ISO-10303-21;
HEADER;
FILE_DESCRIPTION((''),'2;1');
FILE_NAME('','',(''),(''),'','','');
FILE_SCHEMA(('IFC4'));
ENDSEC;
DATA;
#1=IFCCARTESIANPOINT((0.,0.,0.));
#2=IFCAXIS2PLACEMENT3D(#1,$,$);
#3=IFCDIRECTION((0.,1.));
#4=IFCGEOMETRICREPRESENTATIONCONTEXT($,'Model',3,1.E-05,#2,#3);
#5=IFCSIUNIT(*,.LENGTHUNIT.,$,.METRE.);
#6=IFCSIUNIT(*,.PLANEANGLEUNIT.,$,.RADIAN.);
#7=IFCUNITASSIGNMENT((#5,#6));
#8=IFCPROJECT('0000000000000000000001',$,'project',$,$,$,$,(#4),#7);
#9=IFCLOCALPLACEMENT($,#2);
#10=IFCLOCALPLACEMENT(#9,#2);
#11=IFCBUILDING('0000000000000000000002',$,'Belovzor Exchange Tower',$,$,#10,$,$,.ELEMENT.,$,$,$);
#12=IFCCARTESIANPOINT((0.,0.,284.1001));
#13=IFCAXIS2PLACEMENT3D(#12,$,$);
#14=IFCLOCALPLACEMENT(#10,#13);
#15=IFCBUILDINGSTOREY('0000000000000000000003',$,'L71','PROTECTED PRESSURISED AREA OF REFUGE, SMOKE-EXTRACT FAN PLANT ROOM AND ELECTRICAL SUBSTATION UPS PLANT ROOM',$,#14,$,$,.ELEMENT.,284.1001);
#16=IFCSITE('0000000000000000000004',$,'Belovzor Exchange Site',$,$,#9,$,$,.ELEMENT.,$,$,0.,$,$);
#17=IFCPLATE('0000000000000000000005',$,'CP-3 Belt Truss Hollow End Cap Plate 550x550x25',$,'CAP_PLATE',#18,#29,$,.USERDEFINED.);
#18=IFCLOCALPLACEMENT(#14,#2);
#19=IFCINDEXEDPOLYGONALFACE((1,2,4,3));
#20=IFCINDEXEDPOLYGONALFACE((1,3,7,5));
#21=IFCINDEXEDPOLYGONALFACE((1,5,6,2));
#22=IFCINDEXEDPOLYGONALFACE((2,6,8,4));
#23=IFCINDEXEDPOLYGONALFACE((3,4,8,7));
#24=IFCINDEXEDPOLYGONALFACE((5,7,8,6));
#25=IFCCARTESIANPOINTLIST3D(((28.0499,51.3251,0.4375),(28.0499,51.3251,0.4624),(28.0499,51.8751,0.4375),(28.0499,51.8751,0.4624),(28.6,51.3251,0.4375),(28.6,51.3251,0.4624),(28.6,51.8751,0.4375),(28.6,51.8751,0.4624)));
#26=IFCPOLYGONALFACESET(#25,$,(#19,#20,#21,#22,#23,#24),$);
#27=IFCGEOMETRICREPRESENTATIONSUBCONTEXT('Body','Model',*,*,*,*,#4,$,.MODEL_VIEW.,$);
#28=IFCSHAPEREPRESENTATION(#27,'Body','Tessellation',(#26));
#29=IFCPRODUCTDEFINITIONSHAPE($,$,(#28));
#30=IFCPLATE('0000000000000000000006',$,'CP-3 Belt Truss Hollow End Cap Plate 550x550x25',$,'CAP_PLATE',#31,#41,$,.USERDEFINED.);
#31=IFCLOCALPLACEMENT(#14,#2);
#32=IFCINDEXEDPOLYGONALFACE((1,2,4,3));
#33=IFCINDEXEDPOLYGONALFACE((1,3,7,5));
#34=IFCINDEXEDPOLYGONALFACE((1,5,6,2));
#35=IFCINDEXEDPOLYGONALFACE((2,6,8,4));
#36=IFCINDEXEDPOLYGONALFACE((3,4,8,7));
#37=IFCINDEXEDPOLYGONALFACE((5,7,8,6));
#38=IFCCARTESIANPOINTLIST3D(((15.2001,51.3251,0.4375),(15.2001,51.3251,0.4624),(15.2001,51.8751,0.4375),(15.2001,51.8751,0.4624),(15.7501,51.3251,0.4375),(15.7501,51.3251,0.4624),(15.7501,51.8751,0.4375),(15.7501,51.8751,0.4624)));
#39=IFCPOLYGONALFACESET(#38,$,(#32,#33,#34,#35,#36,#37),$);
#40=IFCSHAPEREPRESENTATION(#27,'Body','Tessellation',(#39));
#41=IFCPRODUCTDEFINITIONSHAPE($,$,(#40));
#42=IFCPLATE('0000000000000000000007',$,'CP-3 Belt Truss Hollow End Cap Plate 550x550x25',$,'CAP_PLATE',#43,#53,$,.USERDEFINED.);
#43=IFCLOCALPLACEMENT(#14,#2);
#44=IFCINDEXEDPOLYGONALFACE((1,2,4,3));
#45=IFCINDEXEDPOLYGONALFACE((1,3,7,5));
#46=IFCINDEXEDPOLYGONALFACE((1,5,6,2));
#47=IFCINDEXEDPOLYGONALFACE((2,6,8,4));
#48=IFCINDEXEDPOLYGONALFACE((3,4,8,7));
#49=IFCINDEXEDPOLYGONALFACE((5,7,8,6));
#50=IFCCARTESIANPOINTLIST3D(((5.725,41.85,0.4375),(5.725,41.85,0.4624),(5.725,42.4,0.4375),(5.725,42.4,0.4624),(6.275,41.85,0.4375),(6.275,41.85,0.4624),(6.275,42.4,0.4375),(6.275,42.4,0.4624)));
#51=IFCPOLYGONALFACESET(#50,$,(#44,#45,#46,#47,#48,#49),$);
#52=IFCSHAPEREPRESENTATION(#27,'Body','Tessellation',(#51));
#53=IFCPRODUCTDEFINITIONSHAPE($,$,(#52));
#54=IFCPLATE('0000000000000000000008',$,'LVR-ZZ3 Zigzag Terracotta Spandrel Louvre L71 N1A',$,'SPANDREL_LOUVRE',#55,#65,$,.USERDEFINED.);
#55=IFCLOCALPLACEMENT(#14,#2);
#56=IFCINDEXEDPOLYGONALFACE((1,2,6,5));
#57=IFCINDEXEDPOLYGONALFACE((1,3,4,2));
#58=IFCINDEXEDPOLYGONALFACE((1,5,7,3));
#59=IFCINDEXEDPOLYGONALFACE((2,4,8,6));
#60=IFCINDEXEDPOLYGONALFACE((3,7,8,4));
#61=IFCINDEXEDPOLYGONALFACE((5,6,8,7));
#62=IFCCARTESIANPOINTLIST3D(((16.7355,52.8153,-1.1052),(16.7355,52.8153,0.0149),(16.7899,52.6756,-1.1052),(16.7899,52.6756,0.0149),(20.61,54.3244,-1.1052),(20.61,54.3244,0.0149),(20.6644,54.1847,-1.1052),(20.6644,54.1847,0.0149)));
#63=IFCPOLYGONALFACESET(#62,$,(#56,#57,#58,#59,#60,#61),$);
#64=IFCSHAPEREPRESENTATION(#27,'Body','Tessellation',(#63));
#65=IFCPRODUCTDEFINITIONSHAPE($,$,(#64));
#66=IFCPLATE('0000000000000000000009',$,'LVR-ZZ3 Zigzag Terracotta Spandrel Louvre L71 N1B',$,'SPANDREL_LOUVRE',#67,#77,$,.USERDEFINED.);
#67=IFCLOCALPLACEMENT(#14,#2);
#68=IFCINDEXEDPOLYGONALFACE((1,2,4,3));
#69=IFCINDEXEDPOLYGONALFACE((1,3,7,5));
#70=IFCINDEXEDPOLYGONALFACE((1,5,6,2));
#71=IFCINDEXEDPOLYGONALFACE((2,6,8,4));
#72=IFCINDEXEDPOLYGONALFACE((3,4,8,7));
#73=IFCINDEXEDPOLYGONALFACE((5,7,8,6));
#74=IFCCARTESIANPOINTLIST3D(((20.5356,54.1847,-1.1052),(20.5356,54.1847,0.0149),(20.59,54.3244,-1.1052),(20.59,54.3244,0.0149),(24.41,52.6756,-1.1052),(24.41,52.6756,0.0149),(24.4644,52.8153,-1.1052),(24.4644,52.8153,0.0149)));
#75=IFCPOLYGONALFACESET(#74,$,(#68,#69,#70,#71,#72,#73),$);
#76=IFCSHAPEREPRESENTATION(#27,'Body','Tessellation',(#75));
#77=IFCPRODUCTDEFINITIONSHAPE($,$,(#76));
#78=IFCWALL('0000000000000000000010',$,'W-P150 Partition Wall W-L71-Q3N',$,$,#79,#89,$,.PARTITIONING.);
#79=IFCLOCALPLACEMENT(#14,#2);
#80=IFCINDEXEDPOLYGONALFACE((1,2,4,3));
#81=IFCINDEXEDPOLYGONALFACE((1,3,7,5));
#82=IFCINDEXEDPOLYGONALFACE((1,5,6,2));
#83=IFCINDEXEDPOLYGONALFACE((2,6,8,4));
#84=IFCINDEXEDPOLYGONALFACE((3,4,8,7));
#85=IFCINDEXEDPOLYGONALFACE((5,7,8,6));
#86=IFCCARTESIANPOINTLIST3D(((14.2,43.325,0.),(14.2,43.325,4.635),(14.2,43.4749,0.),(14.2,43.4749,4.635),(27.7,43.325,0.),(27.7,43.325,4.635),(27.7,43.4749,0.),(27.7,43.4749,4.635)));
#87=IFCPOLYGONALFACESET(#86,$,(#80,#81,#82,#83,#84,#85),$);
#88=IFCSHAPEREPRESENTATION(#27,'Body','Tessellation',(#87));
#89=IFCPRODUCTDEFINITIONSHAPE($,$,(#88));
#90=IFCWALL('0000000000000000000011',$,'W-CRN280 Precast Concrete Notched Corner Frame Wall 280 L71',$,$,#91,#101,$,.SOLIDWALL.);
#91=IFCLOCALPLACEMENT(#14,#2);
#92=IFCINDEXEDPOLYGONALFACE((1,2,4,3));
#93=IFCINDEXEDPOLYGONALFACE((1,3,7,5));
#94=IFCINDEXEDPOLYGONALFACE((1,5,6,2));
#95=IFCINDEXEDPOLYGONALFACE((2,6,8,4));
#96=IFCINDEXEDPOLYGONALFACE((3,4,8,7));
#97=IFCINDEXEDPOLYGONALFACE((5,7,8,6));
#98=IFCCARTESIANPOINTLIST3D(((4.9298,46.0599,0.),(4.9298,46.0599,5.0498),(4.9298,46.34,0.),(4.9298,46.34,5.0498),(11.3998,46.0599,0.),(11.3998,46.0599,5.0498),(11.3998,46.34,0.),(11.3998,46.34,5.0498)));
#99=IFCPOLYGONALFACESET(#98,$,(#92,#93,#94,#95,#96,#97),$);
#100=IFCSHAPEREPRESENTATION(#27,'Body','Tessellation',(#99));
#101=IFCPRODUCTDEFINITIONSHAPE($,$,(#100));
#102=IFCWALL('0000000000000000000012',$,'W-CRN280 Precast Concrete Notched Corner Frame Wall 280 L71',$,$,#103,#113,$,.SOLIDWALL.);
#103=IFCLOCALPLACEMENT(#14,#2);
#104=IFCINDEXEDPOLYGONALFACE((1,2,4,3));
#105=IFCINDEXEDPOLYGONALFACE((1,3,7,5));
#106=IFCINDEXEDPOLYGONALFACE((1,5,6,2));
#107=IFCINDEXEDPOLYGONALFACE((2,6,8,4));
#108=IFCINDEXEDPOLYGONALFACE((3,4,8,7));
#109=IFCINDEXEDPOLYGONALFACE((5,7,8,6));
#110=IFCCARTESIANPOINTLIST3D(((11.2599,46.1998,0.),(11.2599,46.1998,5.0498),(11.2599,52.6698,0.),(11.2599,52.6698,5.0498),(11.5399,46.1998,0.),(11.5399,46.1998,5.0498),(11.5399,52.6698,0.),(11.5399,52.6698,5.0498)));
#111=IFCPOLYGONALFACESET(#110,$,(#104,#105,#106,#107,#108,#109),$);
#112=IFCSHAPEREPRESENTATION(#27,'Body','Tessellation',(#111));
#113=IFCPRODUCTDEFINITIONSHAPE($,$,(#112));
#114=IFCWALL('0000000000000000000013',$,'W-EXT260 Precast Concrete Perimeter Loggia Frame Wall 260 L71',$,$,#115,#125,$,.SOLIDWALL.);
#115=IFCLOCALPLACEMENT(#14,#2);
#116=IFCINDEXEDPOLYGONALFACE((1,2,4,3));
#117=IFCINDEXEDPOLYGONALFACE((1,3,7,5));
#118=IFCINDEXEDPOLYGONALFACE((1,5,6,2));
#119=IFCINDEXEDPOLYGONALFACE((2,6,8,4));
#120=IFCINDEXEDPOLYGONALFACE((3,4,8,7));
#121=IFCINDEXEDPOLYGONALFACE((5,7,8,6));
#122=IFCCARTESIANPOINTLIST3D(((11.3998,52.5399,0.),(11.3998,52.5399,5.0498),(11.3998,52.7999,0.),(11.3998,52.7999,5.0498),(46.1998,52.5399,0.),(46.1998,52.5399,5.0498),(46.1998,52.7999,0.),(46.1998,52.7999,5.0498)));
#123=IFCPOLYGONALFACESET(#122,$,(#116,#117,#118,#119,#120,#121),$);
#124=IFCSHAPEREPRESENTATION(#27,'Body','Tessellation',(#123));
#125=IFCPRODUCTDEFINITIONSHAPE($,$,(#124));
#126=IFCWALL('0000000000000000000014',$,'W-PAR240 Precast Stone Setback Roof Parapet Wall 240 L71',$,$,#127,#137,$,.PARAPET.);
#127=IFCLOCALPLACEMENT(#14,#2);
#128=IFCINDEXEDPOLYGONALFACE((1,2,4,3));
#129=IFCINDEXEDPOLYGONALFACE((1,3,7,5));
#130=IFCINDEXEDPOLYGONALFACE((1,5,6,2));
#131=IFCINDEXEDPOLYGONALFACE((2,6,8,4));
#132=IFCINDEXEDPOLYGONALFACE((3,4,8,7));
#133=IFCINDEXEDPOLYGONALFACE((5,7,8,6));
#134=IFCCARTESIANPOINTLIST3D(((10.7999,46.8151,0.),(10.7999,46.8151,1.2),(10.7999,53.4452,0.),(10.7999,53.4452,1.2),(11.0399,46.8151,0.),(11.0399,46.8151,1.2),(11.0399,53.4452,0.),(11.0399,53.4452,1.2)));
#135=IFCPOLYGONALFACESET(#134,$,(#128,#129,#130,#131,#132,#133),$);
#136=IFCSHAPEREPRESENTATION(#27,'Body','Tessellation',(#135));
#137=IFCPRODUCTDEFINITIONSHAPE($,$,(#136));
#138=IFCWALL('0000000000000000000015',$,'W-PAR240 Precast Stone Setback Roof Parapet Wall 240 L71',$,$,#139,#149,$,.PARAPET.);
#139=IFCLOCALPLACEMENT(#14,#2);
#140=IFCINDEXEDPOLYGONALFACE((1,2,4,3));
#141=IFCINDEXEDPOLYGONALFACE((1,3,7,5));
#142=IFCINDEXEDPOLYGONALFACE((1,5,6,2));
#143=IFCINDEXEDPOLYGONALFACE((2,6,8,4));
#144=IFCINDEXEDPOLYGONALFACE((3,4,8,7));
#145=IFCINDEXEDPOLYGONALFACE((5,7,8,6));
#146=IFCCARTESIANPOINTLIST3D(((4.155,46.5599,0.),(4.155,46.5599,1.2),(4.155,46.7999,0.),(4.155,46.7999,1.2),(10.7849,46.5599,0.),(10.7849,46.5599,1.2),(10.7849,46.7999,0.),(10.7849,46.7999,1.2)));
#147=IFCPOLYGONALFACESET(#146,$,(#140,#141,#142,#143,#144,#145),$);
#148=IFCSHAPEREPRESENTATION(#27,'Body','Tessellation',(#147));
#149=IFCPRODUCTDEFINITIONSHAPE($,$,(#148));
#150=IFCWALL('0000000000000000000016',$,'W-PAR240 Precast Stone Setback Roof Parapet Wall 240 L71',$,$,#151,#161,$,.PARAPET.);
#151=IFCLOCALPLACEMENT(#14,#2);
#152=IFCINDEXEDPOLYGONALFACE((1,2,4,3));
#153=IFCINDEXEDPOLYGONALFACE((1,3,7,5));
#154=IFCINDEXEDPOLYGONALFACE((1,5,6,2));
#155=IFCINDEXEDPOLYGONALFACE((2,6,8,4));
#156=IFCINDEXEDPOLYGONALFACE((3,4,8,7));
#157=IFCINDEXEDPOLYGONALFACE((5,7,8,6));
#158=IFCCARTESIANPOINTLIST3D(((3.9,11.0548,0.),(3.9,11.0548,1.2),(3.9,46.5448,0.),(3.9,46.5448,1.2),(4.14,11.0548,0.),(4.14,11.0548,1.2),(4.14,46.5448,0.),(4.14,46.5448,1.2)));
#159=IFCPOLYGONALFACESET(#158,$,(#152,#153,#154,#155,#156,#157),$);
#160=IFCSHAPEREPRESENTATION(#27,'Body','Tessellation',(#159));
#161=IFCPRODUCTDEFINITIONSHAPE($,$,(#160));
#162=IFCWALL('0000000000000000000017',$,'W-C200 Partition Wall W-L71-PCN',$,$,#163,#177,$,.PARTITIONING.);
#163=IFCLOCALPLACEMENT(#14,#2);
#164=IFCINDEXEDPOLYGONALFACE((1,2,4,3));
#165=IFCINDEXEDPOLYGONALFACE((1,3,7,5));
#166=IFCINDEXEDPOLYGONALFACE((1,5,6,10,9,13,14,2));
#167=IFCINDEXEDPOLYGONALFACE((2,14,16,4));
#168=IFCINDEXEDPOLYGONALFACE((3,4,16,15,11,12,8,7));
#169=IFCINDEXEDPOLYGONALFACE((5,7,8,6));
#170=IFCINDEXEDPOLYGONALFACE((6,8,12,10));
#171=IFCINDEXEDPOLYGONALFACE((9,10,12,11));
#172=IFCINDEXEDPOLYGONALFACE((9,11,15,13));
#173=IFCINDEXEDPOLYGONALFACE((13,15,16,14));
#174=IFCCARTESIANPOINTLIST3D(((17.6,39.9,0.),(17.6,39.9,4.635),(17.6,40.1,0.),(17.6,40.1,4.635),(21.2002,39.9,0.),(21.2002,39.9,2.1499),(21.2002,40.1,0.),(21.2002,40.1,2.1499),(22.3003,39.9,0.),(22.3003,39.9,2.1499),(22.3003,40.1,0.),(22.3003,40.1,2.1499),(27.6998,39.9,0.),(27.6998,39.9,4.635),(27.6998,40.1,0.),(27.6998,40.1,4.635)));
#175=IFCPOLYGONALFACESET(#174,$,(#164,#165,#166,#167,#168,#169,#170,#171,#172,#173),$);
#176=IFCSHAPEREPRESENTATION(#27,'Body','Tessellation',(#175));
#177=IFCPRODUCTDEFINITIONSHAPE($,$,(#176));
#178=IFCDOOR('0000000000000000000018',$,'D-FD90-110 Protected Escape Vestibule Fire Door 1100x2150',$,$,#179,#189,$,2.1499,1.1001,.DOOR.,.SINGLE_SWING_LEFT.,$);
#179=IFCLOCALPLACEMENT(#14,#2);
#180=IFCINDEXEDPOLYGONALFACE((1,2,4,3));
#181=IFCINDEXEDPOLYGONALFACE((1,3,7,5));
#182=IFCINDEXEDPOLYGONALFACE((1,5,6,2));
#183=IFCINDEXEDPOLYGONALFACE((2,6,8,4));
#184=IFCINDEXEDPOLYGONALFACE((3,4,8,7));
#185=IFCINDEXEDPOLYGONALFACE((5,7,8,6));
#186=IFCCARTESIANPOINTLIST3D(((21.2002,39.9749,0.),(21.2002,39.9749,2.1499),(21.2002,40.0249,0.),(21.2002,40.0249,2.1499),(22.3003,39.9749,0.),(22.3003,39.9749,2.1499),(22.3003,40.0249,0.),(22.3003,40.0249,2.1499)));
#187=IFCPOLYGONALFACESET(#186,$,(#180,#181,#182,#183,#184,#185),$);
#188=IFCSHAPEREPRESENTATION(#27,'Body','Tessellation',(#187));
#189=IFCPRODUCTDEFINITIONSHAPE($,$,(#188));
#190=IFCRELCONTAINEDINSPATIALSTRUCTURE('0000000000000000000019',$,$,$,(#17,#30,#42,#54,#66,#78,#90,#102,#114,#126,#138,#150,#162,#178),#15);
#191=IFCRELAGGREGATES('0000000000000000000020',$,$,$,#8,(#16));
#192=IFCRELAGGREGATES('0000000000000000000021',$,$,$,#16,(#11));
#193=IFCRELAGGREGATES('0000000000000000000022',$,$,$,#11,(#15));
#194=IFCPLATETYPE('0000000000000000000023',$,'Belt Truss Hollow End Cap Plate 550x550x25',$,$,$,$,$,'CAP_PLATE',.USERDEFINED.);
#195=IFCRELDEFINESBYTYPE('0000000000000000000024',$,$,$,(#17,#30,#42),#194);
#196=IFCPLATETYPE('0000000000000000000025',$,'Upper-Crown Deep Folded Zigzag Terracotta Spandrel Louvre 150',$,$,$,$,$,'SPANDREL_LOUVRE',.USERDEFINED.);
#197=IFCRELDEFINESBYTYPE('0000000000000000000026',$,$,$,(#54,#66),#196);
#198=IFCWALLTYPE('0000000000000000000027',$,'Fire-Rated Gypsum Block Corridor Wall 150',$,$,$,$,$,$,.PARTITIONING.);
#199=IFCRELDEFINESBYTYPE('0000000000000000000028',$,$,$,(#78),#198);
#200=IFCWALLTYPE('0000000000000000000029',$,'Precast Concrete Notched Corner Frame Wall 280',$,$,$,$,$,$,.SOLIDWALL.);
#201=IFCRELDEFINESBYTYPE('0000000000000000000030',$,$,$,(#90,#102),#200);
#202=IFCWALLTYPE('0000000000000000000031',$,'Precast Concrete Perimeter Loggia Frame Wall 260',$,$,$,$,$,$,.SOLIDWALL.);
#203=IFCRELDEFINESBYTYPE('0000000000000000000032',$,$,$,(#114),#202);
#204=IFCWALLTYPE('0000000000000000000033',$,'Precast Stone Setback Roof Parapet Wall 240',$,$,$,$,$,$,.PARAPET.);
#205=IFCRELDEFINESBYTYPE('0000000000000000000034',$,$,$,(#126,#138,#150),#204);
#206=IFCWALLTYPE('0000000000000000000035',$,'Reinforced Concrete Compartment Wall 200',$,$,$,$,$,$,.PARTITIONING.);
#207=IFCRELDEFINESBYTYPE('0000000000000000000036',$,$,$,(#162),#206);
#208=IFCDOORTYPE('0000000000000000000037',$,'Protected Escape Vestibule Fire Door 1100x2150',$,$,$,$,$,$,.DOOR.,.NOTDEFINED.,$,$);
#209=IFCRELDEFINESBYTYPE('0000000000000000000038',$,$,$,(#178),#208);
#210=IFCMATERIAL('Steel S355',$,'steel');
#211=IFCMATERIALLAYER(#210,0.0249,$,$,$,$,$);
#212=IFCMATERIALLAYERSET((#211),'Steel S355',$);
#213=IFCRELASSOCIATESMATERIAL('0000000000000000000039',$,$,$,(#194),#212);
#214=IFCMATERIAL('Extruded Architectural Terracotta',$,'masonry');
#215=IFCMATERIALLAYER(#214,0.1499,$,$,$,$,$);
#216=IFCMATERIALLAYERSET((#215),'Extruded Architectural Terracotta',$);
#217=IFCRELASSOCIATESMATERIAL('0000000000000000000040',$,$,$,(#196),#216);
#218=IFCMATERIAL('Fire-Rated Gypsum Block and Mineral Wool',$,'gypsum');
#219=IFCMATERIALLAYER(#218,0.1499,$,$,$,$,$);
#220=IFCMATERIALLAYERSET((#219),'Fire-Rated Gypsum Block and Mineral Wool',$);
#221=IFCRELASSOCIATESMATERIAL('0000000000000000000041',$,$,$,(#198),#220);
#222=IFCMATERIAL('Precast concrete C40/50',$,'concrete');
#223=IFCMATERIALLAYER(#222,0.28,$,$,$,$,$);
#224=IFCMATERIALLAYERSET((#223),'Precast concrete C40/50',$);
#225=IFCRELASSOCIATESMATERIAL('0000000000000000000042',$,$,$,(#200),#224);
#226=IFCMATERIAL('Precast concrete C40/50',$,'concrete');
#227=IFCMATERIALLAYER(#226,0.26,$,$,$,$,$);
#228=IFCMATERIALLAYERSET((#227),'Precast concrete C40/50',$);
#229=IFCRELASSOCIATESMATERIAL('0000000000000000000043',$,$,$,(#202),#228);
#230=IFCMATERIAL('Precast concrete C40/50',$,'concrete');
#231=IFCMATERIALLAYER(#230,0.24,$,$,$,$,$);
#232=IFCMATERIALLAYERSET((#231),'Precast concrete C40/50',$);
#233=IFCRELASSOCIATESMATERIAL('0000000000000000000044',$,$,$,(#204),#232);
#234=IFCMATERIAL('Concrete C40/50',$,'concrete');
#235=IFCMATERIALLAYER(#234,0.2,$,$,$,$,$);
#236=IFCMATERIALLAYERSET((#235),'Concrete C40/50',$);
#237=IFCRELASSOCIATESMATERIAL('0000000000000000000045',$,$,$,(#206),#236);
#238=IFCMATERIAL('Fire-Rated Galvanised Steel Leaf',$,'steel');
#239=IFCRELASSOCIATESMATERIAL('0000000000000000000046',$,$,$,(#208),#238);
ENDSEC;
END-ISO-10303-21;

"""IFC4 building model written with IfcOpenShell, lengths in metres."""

from ifc_helpers import new_model, si_unit, direction, frame, frame_2d, origin, origin_2d, place, context, subcontext, project, spatial, rectangle, extrude, material, layer, layer_set, type_object, element, fill, save


model = new_model("IFC4")

# Units and contexts
model_context = context("Model", 3, precision=1e-05, world=origin(), true_north=direction((0.0, 1.0)))
body_context = subcontext(model_context, "Body", "Model", "MODEL_VIEW")
ifc_project = project(units=[si_unit("LENGTHUNIT", "METRE"), si_unit("PLANEANGLEUNIT", "RADIAN")], contexts=[model_context])

# Site, building, storey
site_placement = place(None, origin())
site = spatial("IfcSite", under=ifc_project, at=site_placement, Name="Belovzor Exchange Site", CompositionType="ELEMENT", RefElevation=0.0)
building_placement = place(site_placement, origin())
building = spatial("IfcBuilding", under=site, at=building_placement, Name="Belovzor Exchange Tower", CompositionType="ELEMENT")
storey_placement = place(building_placement, frame((0.0, 0.0, 284.1001)))
storey = spatial("IfcBuildingStorey", under=building, at=storey_placement, Name="L71", Description="PROTECTED PRESSURISED AREA OF REFUGE, SMOKE-EXTRACT FAN PLANT ROOM AND ELECTRICAL SUBSTATION UPS PLANT ROOM", CompositionType="ELEMENT", Elevation=284.1001)

# Plates
ifc_material_1 = material(Name="Steel S355", Category="steel")
ifc_layer_1 = layer(ifc_material_1, 0.0249)
ifc_layer_set_1 = layer_set([ifc_layer_1], Name="Steel S355")
plate_type_1 = type_object("IfcPlateType", Name="Belt Truss Hollow End Cap Plate 550x550x25", ElementType="CAP_PLATE", PredefinedType="USERDEFINED", material=ifc_layer_set_1)
for number, where, z_axis, x_axis, name in (
    (1, (28.325, 51.6001, 0.4375), (0.0, 0.0, 1.0), (1.0, 0.0, 0.0), "CP-3 Belt Truss Hollow End Cap Plate 550x550x25"),
    (2, (15.4751, 51.6001, 0.4375), (0.0, 0.0, 1.0), (1.0, 0.0, 0.0), "CP-3 Belt Truss Hollow End Cap Plate 550x550x25"),
    (3, (6.0, 42.125, 0.4375), (0.0, 0.0, 1.0), (0.0, 1.0, 0.0), "CP-3 Belt Truss Hollow End Cap Plate 550x550x25"),
):
    element("IfcPlate", number, at=place(storey_placement, frame(where, z_axis=z_axis, x_axis=x_axis)), inside=storey, type_object=plate_type_1, Name=name, ObjectType="CAP_PLATE", PredefinedType="USERDEFINED", context=body_context, shape_type="SweptSolid", body=[
        extrude(rectangle(XDim=0.55, YDim=0.55, at=origin_2d()), origin(), (0.0, 0.0, 1.0), 0.0249),
    ])
ifc_material_2 = material(Name="Extruded Architectural Terracotta", Category="masonry")
ifc_layer_2 = layer(ifc_material_2, 0.1499)
ifc_layer_set_2 = layer_set([ifc_layer_2], Name="Extruded Architectural Terracotta")
plate_type_2 = type_object("IfcPlateType", Name="Upper-Crown Deep Folded Zigzag Terracotta Spandrel Louvre 150", ElementType="SPANDREL_LOUVRE", PredefinedType="USERDEFINED", material=ifc_layer_set_2)
for number, where, z_axis, x_axis, name in (
    (4, (18.7, 53.5, -1.1052), (0.0, 0.0, 1.0), (0.931818, 0.362926, 0.0), "LVR-ZZ3 Zigzag Terracotta Spandrel Louvre L71 N1A"),
    (5, (22.5, 53.5, -1.1052), (0.0, 0.0, 1.0), (0.931818, -0.362926, 0.0), "LVR-ZZ3 Zigzag Terracotta Spandrel Louvre L71 N1B"),
):
    element("IfcPlate", number, at=place(storey_placement, frame(where, z_axis=z_axis, x_axis=x_axis)), inside=storey, type_object=plate_type_2, Name=name, ObjectType="SPANDREL_LOUVRE", PredefinedType="USERDEFINED", context=body_context, shape_type="SweptSolid", body=[
        extrude(rectangle(XDim=4.158, YDim=0.1499, at=origin_2d()), origin(), (0.0, 0.0, 1.0), 1.1201),
    ])

# Walls
ifc_material_3 = material(Name="Fire-Rated Gypsum Block and Mineral Wool", Category="gypsum")
ifc_layer_3 = layer(ifc_material_3, 0.1499)
ifc_layer_set_3 = layer_set([ifc_layer_3], Name="Fire-Rated Gypsum Block and Mineral Wool")
wall_type_1 = type_object("IfcWallType", Name="Fire-Rated Gypsum Block Corridor Wall 150", PredefinedType="PARTITIONING", material=ifc_layer_set_3)
wall_1_placement = place(storey_placement, frame((14.2, 43.3999, 0.0), z_axis=(0.0, 0.0, 1.0), x_axis=(1.0, 0.0, 0.0)))
element("IfcWall", 6, at=wall_1_placement, inside=storey, type_object=wall_type_1, Name="W-P150 Partition Wall W-L71-Q3N", PredefinedType="PARTITIONING", context=body_context, shape_type="SweptSolid", body=[
    extrude(rectangle(XDim=13.5, YDim=0.1499, at=frame_2d((6.75, 0.0))), origin(), (0.0, 0.0, 1.0), 4.635),
])
ifc_material_4 = material(Name="Precast concrete C40/50", Category="concrete")
ifc_layer_4 = layer(ifc_material_4, 0.28)
ifc_layer_set_4 = layer_set([ifc_layer_4], Name="Precast concrete C40/50")
wall_type_2 = type_object("IfcWallType", Name="Precast Concrete Notched Corner Frame Wall 280", PredefinedType="SOLIDWALL", material=ifc_layer_set_4)
for number, where, z_axis, x_axis, name in (
    (7, (4.9299, 46.2, 0.0), (0.0, 0.0, 1.0), (1.0, 0.0, 0.0), "W-CRN280 Precast Concrete Notched Corner Frame Wall 280 L71"),
    (8, (11.3999, 46.2, 0.0), (0.0, 0.0, 1.0), (0.0, 1.0, 0.0), "W-CRN280 Precast Concrete Notched Corner Frame Wall 280 L71"),
):
    element("IfcWall", number, at=place(storey_placement, frame(where, z_axis=z_axis, x_axis=x_axis)), inside=storey, type_object=wall_type_2, Name=name, PredefinedType="SOLIDWALL", context=body_context, shape_type="SweptSolid", body=[
        extrude(rectangle(XDim=6.47, YDim=0.28, at=frame_2d((3.2349, 0.0))), origin(), (0.0, 0.0, 1.0), 5.0498),
    ])
ifc_material_5 = material(Name="Precast concrete C40/50", Category="concrete")
ifc_layer_5 = layer(ifc_material_5, 0.26)
ifc_layer_set_5 = layer_set([ifc_layer_5], Name="Precast concrete C40/50")
wall_type_3 = type_object("IfcWallType", Name="Precast Concrete Perimeter Loggia Frame Wall 260", PredefinedType="SOLIDWALL", material=ifc_layer_set_5)
wall_2_placement = place(storey_placement, frame((11.3999, 52.6699, 0.0), z_axis=(0.0, 0.0, 1.0), x_axis=(1.0, 0.0, 0.0)))
element("IfcWall", 9, at=wall_2_placement, inside=storey, type_object=wall_type_3, Name="W-EXT260 Precast Concrete Perimeter Loggia Frame Wall 260 L71", PredefinedType="SOLIDWALL", context=body_context, shape_type="SweptSolid", body=[
    extrude(rectangle(XDim=34.8, YDim=0.26, at=frame_2d((17.3999, 0.0))), origin(), (0.0, 0.0, 1.0), 5.0498),
])
ifc_material_6 = material(Name="Precast concrete C40/50", Category="concrete")
ifc_layer_6 = layer(ifc_material_6, 0.24)
ifc_layer_set_6 = layer_set([ifc_layer_6], Name="Precast concrete C40/50")
wall_type_4 = type_object("IfcWallType", Name="Precast Stone Setback Roof Parapet Wall 240", PredefinedType="PARAPET", material=ifc_layer_set_6)
wall_3_placement = place(storey_placement, frame((10.9199, 53.4451, 0.0), z_axis=(0.0, 0.0, 1.0), x_axis=(0.0, -1.0, 0.0)))
element("IfcWall", 10, at=wall_3_placement, inside=storey, type_object=wall_type_4, Name="W-PAR240 Precast Stone Setback Roof Parapet Wall 240 L71", PredefinedType="PARAPET", context=body_context, shape_type="SweptSolid", body=[
    extrude(rectangle(XDim=6.6301, YDim=0.24, at=frame_2d((3.3149, 0.0))), origin(), (0.0, 0.0, 1.0), 1.2),
])
wall_4_placement = place(storey_placement, frame((10.7849, 46.6799, 0.0), z_axis=(0.0, 0.0, 1.0), x_axis=(-1.0, 0.0, 0.0)))
element("IfcWall", 11, at=wall_4_placement, inside=storey, type_object=wall_type_4, Name="W-PAR240 Precast Stone Setback Roof Parapet Wall 240 L71", PredefinedType="PARAPET", context=body_context, shape_type="SweptSolid", body=[
    extrude(rectangle(XDim=6.6299, YDim=0.24, at=frame_2d((3.3149, 0.0))), origin(), (0.0, 0.0, 1.0), 1.2),
])
wall_5_placement = place(storey_placement, frame((4.02, 46.5449, 0.0), z_axis=(0.0, 0.0, 1.0), x_axis=(0.0, -1.0, 0.0)))
element("IfcWall", 12, at=wall_5_placement, inside=storey, type_object=wall_type_4, Name="W-PAR240 Precast Stone Setback Roof Parapet Wall 240 L71", PredefinedType="PARAPET", context=body_context, shape_type="SweptSolid", body=[
    extrude(rectangle(XDim=35.49, YDim=0.24, at=frame_2d((17.7451, 0.0))), origin(), (0.0, 0.0, 1.0), 1.2),
])

# Wall, opening, door
ifc_material_7 = material(Name="Concrete C40/50", Category="concrete")
ifc_layer_7 = layer(ifc_material_7, 0.2)
ifc_layer_set_7 = layer_set([ifc_layer_7], Name="Concrete C40/50")
wall_type_5 = type_object("IfcWallType", Name="Reinforced Concrete Compartment Wall 200", PredefinedType="PARTITIONING", material=ifc_layer_set_7)
wall_6_placement = place(storey_placement, frame((17.6001, 40.0, 0.0), z_axis=(0.0, 0.0, 1.0), x_axis=(1.0, 0.0, 0.0)))
wall_6 = element("IfcWall", 13, at=wall_6_placement, inside=storey, type_object=wall_type_5, Name="W-C200 Partition Wall W-L71-PCN", PredefinedType="PARTITIONING", context=body_context, shape_type="SweptSolid", body=[
    extrude(rectangle(XDim=10.0999, YDim=0.2, at=frame_2d((5.0498, 0.0))), origin(), (0.0, 0.0, 1.0), 4.635),
])
opening_placement = place(wall_6_placement, frame((3.6001, 0.0, 0.0)))
opening = element("IfcOpeningElement", 14, at=opening_placement, cuts=wall_6, PredefinedType="OPENING", context=body_context, shape_type="SweptSolid", body=[
    extrude(rectangle(XDim=1.1001, YDim=2.1499, at=frame_2d((0.55, 1.075))), frame((0.0, 0.1099, 0.0), z_axis=(0.0, -1.0, 0.0), x_axis=(1.0, 0.0, 0.0)), (0.0, 0.0, 1.0), 0.22),
])
ifc_material_8 = material(Name="Fire-Rated Galvanised Steel Leaf", Category="steel")
door_type = type_object("IfcDoorType", Name="Protected Escape Vestibule Fire Door 1100x2150", OperationType="NOTDEFINED", PredefinedType="DOOR", material=ifc_material_8)
door_placement = place(opening_placement, origin())
door = element("IfcDoor", 15, at=door_placement, inside=storey, type_object=door_type, Name="D-FD90-110 Protected Escape Vestibule Fire Door 1100x2150", OperationType="SINGLE_SWING_LEFT", OverallHeight=2.1499, OverallWidth=1.1001, PredefinedType="DOOR", context=body_context, shape_type="SweptSolid", body=[
    extrude(rectangle(XDim=1.1001, YDim=2.1499, at=frame_2d((0.55, 1.075))), frame((0.0, 0.0249, 0.0), z_axis=(0.0, -1.0, 0.0), x_axis=(1.0, 0.0, 0.0)), (0.0, 0.0, 1.0), 0.05),
])
fill(opening, door)

save(model, "model.ifc")
